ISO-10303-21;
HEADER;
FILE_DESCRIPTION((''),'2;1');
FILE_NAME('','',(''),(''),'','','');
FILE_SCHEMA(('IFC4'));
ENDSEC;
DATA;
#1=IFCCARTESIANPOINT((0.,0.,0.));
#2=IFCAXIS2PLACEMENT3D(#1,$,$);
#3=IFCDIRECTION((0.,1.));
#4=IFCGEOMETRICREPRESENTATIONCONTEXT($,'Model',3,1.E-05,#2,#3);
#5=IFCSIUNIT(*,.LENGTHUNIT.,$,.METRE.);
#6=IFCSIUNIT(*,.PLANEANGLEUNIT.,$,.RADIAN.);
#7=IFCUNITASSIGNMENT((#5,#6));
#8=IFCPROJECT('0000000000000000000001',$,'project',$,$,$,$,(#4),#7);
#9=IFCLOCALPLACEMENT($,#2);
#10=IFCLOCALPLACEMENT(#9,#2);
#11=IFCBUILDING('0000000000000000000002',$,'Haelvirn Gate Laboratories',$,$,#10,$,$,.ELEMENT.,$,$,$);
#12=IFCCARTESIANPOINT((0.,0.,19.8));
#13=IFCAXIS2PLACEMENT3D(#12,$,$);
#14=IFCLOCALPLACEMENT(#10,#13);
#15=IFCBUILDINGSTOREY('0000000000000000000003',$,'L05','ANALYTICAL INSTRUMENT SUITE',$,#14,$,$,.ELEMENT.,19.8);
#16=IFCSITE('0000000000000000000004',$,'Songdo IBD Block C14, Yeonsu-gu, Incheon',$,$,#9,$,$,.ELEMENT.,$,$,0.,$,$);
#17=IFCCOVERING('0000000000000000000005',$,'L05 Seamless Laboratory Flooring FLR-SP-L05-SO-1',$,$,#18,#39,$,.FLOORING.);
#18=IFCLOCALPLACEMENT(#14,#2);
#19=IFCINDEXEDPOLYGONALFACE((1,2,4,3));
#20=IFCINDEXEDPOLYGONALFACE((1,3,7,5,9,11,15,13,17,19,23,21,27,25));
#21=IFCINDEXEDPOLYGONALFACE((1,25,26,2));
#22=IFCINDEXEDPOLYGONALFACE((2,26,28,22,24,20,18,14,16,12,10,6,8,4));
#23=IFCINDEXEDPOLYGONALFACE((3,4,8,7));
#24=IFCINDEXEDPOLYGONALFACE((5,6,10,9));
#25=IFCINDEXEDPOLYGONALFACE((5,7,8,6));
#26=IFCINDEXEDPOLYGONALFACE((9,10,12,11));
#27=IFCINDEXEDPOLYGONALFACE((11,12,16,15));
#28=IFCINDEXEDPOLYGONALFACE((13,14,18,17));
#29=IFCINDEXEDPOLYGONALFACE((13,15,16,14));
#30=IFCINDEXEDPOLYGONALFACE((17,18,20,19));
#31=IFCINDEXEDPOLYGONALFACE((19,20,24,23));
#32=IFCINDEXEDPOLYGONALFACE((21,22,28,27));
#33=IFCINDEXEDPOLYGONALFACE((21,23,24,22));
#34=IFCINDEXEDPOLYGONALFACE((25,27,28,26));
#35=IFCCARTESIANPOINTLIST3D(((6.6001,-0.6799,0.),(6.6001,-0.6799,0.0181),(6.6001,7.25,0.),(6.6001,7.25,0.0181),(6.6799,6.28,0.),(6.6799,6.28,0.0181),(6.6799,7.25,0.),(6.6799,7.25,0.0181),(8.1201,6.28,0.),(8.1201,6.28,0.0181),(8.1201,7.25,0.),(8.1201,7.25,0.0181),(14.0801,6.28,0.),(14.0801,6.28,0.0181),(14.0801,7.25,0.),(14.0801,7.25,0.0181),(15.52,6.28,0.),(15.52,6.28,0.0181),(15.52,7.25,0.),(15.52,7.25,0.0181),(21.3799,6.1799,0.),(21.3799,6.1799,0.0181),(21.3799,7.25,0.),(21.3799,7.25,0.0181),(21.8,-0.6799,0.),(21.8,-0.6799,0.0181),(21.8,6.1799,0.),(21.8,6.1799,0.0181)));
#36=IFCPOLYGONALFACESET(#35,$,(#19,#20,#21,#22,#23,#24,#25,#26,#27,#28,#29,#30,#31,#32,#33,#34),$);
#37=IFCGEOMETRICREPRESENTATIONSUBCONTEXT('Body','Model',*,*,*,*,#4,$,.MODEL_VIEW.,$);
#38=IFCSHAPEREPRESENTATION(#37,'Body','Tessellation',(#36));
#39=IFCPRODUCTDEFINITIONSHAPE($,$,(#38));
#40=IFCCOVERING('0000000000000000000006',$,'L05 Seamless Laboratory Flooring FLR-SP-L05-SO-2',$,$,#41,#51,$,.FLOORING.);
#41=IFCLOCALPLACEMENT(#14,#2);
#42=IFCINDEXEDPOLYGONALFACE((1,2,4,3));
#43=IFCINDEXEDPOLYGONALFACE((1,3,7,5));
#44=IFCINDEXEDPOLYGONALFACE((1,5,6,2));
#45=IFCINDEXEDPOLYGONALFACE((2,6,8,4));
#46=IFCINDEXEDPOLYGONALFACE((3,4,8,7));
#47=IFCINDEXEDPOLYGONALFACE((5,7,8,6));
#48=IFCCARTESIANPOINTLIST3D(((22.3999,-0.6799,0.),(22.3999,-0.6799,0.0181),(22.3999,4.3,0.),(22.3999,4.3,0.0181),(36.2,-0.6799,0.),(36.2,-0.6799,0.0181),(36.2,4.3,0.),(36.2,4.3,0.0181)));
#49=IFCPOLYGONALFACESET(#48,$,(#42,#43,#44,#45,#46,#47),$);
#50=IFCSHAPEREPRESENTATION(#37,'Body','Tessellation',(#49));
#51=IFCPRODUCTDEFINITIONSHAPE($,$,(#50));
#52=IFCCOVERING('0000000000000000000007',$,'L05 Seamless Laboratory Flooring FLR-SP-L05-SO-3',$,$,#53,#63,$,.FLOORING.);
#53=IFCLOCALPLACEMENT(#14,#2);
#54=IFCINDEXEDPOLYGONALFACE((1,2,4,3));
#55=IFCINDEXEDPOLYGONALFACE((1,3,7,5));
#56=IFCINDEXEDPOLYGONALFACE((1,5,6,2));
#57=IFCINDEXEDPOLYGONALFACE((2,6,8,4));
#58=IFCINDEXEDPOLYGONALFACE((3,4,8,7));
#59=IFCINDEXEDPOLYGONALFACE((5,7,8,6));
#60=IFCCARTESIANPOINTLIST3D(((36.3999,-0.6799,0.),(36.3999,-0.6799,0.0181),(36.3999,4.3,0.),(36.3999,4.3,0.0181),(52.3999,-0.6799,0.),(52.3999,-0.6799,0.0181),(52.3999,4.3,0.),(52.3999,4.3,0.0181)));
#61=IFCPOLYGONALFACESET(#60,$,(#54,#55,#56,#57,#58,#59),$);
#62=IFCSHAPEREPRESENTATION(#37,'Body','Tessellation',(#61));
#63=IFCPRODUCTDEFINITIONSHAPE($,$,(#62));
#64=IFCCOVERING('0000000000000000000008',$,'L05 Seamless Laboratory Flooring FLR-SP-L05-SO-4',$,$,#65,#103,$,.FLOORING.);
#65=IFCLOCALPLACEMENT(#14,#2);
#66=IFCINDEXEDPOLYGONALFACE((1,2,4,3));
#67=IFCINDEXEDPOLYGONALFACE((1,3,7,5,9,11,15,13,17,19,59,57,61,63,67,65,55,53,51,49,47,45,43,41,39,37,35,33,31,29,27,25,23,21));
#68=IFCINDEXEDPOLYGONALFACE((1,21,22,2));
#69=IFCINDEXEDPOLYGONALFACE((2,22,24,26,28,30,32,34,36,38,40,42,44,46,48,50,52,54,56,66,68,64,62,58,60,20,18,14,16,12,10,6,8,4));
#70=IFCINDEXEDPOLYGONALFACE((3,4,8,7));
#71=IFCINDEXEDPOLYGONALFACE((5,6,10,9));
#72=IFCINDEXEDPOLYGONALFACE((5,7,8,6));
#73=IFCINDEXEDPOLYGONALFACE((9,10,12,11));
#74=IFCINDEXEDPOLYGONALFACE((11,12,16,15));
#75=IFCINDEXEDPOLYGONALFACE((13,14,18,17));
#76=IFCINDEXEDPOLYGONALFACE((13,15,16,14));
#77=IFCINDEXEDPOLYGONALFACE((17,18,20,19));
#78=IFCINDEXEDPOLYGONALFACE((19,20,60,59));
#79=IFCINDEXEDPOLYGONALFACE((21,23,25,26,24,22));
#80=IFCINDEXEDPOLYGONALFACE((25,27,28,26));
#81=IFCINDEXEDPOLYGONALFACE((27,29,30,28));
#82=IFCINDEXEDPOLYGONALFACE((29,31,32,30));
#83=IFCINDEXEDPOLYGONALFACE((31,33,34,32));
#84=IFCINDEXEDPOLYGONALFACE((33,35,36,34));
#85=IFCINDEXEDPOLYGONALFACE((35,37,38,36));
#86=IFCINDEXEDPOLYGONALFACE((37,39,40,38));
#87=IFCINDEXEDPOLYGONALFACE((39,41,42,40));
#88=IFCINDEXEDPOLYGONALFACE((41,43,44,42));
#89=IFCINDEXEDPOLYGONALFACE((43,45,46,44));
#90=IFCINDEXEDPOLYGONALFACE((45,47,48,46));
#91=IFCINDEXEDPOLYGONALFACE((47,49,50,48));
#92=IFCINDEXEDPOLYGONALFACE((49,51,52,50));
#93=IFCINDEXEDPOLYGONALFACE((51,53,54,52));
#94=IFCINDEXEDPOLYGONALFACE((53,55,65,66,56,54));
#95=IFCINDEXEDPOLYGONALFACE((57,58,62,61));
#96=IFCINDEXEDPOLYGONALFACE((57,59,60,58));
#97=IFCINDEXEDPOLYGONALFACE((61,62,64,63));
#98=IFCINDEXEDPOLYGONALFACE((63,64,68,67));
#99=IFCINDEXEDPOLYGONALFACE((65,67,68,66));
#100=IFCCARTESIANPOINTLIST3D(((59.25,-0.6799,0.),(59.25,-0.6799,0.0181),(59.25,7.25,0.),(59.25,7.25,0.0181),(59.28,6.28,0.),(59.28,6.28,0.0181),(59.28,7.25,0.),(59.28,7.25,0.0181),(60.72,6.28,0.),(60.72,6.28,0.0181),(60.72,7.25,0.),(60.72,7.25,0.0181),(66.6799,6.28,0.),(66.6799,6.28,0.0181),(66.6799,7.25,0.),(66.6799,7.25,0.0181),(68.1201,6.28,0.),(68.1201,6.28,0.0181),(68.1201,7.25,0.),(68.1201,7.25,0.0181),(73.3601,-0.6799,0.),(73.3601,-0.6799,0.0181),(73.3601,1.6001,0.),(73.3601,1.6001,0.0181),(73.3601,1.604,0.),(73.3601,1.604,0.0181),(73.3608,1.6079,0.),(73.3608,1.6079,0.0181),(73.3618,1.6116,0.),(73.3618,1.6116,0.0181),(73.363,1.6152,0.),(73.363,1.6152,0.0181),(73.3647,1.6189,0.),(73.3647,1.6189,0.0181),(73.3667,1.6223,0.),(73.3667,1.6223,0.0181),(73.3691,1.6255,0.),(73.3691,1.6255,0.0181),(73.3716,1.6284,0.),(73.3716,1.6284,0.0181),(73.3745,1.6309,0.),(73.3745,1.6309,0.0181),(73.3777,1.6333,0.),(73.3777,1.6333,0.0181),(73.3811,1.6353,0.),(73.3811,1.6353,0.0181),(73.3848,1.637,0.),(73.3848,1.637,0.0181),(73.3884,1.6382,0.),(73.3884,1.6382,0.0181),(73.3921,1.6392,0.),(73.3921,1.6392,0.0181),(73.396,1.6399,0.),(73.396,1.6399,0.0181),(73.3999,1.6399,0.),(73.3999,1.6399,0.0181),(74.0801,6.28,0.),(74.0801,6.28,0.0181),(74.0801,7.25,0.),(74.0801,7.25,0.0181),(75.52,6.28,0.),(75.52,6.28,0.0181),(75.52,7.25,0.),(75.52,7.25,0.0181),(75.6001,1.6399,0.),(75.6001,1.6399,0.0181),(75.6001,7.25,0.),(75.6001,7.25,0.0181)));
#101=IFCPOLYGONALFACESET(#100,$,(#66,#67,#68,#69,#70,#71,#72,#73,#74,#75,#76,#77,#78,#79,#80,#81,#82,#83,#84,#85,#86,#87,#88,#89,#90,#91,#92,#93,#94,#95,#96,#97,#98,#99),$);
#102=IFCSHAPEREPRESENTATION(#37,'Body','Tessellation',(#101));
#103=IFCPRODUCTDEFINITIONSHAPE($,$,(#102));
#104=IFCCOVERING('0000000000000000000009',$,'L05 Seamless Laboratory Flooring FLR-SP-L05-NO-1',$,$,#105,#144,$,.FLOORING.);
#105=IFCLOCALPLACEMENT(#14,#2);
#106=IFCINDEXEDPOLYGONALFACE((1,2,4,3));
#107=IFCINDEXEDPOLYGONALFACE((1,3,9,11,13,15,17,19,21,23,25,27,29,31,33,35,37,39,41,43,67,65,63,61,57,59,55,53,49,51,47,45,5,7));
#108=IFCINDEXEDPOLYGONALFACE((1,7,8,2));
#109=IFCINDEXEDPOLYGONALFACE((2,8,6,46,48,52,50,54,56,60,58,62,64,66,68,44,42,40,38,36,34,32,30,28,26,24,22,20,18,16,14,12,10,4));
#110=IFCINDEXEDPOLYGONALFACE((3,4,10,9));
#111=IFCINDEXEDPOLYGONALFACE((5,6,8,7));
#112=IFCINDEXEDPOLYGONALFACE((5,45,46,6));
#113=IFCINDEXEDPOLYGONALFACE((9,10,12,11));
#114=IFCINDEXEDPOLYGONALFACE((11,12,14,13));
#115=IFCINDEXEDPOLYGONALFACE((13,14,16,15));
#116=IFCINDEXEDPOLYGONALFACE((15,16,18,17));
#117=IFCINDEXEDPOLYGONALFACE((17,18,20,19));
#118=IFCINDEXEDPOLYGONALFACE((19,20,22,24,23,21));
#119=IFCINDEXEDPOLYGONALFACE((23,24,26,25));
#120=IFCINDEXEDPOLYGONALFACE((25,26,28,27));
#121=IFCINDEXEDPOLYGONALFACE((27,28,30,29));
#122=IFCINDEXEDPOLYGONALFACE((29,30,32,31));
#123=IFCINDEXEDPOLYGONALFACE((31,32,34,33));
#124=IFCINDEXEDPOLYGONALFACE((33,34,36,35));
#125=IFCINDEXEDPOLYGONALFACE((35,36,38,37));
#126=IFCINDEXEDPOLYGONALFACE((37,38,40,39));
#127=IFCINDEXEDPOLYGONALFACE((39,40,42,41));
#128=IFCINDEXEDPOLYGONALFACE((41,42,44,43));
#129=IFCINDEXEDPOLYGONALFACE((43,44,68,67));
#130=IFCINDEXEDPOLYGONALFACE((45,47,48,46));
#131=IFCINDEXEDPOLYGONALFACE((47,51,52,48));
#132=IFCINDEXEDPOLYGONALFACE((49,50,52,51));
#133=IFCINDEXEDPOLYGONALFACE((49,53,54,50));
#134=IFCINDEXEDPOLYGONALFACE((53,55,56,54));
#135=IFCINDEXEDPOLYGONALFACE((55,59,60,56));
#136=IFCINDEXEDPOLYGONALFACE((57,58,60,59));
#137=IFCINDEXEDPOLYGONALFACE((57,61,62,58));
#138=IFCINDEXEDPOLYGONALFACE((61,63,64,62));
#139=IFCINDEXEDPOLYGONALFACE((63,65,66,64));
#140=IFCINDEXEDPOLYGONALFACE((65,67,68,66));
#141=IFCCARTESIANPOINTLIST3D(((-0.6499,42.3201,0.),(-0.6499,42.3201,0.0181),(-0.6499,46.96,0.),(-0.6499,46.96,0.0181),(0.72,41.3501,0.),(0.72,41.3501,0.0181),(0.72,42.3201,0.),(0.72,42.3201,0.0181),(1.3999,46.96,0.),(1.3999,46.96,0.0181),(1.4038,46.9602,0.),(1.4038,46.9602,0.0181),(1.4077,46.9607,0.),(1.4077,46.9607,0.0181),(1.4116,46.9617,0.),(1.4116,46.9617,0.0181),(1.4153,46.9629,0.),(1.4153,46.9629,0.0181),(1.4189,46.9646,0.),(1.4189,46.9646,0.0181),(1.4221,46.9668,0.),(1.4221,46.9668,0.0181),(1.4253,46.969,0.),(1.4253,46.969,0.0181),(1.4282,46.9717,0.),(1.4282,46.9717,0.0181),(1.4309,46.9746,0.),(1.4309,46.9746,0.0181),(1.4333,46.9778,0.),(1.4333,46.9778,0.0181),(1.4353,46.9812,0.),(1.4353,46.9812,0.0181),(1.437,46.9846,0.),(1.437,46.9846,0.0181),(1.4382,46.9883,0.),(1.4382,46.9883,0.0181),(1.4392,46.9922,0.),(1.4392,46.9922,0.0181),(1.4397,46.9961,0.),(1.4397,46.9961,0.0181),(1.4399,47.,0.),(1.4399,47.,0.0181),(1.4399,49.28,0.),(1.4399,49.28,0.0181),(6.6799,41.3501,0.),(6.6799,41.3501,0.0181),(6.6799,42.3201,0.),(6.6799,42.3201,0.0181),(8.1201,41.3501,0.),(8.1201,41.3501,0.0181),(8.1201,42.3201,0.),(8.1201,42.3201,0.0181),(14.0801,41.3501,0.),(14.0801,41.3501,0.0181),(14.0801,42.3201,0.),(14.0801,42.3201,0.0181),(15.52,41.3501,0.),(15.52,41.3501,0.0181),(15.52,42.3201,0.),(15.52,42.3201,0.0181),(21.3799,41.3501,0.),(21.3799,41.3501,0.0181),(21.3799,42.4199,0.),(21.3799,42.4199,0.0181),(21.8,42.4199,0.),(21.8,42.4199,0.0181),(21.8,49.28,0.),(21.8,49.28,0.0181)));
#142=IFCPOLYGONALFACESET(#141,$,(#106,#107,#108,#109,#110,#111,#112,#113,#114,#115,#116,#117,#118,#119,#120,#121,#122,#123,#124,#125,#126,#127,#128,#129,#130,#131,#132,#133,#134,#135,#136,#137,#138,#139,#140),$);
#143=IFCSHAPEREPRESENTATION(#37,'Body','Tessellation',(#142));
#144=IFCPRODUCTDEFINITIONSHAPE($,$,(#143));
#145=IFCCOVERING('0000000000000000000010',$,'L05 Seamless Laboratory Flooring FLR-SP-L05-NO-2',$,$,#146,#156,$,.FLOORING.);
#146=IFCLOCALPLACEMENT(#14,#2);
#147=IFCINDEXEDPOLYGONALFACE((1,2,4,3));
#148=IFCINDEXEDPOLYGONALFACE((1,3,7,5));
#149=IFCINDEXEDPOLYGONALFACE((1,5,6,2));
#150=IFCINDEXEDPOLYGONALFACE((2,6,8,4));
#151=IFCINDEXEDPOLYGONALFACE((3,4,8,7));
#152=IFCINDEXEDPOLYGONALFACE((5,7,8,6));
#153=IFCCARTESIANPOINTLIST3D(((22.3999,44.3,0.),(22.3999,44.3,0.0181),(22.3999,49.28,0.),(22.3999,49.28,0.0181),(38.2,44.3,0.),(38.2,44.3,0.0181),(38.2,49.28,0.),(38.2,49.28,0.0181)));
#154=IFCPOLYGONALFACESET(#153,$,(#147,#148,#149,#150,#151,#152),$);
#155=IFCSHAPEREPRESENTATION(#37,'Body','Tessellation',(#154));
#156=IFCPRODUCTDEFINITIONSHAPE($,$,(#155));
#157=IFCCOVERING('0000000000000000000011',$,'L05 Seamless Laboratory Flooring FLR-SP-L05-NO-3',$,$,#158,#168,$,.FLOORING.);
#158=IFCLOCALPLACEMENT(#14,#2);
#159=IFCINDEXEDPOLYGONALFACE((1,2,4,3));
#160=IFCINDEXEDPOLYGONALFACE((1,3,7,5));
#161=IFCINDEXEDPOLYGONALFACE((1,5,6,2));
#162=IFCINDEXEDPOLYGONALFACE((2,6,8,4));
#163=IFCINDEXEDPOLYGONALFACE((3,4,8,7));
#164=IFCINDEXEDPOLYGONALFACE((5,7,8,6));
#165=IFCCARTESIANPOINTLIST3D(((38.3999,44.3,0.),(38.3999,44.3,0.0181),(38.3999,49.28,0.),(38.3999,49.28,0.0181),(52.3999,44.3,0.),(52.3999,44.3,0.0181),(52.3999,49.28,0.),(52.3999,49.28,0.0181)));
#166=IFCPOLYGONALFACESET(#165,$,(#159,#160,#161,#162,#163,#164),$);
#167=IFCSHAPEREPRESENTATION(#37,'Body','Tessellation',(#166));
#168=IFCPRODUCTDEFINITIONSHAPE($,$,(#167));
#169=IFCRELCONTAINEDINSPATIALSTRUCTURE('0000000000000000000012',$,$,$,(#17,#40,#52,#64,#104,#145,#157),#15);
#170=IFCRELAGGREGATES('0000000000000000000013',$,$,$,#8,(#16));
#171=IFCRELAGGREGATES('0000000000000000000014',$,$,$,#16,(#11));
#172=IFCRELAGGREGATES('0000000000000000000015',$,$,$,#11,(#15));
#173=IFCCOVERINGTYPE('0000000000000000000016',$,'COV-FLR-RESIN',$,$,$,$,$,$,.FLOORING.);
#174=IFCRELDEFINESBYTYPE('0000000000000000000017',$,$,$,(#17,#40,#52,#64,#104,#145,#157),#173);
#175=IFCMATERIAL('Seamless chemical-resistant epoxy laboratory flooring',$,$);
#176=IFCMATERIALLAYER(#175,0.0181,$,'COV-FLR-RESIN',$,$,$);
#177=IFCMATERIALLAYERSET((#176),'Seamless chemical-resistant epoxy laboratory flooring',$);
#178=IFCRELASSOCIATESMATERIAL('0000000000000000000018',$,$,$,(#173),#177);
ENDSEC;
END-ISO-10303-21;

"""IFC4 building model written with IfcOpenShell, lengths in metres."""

from ifc_helpers import new_model, si_unit, direction, frame, origin, place, context, subcontext, project, spatial, polyline, outline, extrude, material, layer, layer_set, type_object, element, save


model = new_model("IFC4")

# Units and contexts
model_context = context("Model", 3, precision=1e-05, world=origin(), true_north=direction((0.0, 1.0)))
body_context = subcontext(model_context, "Body", "Model", "MODEL_VIEW")
ifc_project = project(units=[si_unit("LENGTHUNIT", "METRE"), si_unit("PLANEANGLEUNIT", "RADIAN")], contexts=[model_context])

# Site, building, storey
site_placement = place(None, origin())
site = spatial("IfcSite", under=ifc_project, at=site_placement, Name="Songdo IBD Block C14, Yeonsu-gu, Incheon", CompositionType="ELEMENT", RefElevation=0.0)
building_placement = place(site_placement, origin())
building = spatial("IfcBuilding", under=site, at=building_placement, Name="Haelvirn Gate Laboratories", CompositionType="ELEMENT")
storey_placement = place(building_placement, frame((0.0, 0.0, 19.8)))
storey = spatial("IfcBuildingStorey", under=building, at=storey_placement, Name="L05", Description="ANALYTICAL INSTRUMENT SUITE", CompositionType="ELEMENT", Elevation=19.8)

# Coverings
ifc_material_1 = material(Name="Seamless chemical-resistant epoxy laboratory flooring")
ifc_layer_1 = layer(ifc_material_1, 0.0181, Name="COV-FLR-RESIN")
ifc_layer_set_1 = layer_set([ifc_layer_1], Name="Seamless chemical-resistant epoxy laboratory flooring")
covering_type_1 = type_object("IfcCoveringType", Name="COV-FLR-RESIN", PredefinedType="FLOORING", material=ifc_layer_set_1)
covering_1_placement = place(storey_placement, origin())
element("IfcCovering", 1, at=covering_1_placement, inside=storey, type_object=covering_type_1, Name="L05 Seamless Laboratory Flooring FLR-SP-L05-SO-1", PredefinedType="FLOORING", context=body_context, shape_type="SweptSolid", body=[
    extrude(outline(polyline([(15.52, 7.25), (21.3799, 7.25), (21.3799, 6.1799), (21.8, 6.1799), (21.8, -0.6799), (6.6001, -0.6799), (6.6001, 7.25), (6.6799, 7.25), (6.6799, 6.28), (8.1201, 6.28), (8.1201, 7.25), (14.0801, 7.25), (14.0801, 6.28), (15.52, 6.28), (15.52, 7.25)])), origin(), (0.0, 0.0, 1.0), 0.0181),
])
covering_2_placement = place(storey_placement, origin())
element("IfcCovering", 2, at=covering_2_placement, inside=storey, type_object=covering_type_1, Name="L05 Seamless Laboratory Flooring FLR-SP-L05-SO-2", PredefinedType="FLOORING", context=body_context, shape_type="SweptSolid", body=[
    extrude(outline(polyline([(36.2, 4.3), (36.2, -0.6799), (22.3999, -0.6799), (22.3999, 4.3), (36.2, 4.3)])), origin(), (0.0, 0.0, 1.0), 0.0181),
])
covering_3_placement = place(storey_placement, origin())
element("IfcCovering", 3, at=covering_3_placement, inside=storey, type_object=covering_type_1, Name="L05 Seamless Laboratory Flooring FLR-SP-L05-SO-3", PredefinedType="FLOORING", context=body_context, shape_type="SweptSolid", body=[
    extrude(outline(polyline([(52.3999, 4.3), (52.3999, -0.6799), (36.3999, -0.6799), (36.3999, 4.3), (52.3999, 4.3)])), origin(), (0.0, 0.0, 1.0), 0.0181),
])
covering_4_placement = place(storey_placement, origin())
element("IfcCovering", 4, at=covering_4_placement, inside=storey, type_object=covering_type_1, Name="L05 Seamless Laboratory Flooring FLR-SP-L05-SO-4", PredefinedType="FLOORING", context=body_context, shape_type="SweptSolid", body=[
    extrude(outline(polyline([(60.72, 7.25), (66.6799, 7.25), (66.6799, 6.28), (68.1201, 6.28), (68.1201, 7.25), (74.0801, 7.25), (74.0801, 6.28), (75.52, 6.28), (75.52, 7.25), (75.6001, 7.25), (75.6001, 1.6399), (73.3999, 1.6399), (73.396, 1.6399), (73.3921, 1.6392), (73.3884, 1.6382), (73.3848, 1.637), (73.3811, 1.6353), (73.3777, 1.6333), (73.3745, 1.6309), (73.3716, 1.6284), (73.3691, 1.6255), (73.3667, 1.6223), (73.3647, 1.6189), (73.363, 1.6152), (73.3618, 1.6116), (73.3608, 1.6079), (73.3601, 1.604), (73.3601, 1.6001), (73.3601, -0.6799), (59.25, -0.6799), (59.25, 7.25), (59.28, 7.25), (59.28, 6.28), (60.72, 6.28), (60.72, 7.25)])), origin(), (0.0, 0.0, 1.0), 0.0181),
])
covering_5_placement = place(storey_placement, origin())
element("IfcCovering", 5, at=covering_5_placement, inside=storey, type_object=covering_type_1, Name="L05 Seamless Laboratory Flooring FLR-SP-L05-NO-1", PredefinedType="FLOORING", context=body_context, shape_type="SweptSolid", body=[
    extrude(outline(polyline([(8.1201, 41.3501), (8.1201, 42.3201), (6.6799, 42.3201), (6.6799, 41.3501), (0.72, 41.3501), (0.72, 42.3201), (-0.6499, 42.3201), (-0.6499, 46.96), (1.3999, 46.96), (1.4038, 46.9602), (1.4077, 46.9607), (1.4116, 46.9617), (1.4153, 46.9629), (1.4189, 46.9646), (1.4221, 46.9668), (1.4253, 46.969), (1.4282, 46.9717), (1.4309, 46.9746), (1.4333, 46.9778), (1.4353, 46.9812), (1.437, 46.9846), (1.4382, 46.9883), (1.4392, 46.9922), (1.4397, 46.9961), (1.4399, 47.0), (1.4399, 49.28), (21.8, 49.28), (21.8, 42.4199), (21.3799, 42.4199), (21.3799, 41.3501), (15.52, 41.3501), (15.52, 42.3201), (14.0801, 42.3201), (14.0801, 41.3501), (8.1201, 41.3501)])), origin(), (0.0, 0.0, 1.0), 0.0181),
])
covering_6_placement = place(storey_placement, origin())
element("IfcCovering", 6, at=covering_6_placement, inside=storey, type_object=covering_type_1, Name="L05 Seamless Laboratory Flooring FLR-SP-L05-NO-2", PredefinedType="FLOORING", context=body_context, shape_type="SweptSolid", body=[
    extrude(outline(polyline([(38.2, 49.28), (38.2, 44.3), (22.3999, 44.3), (22.3999, 49.28), (38.2, 49.28)])), origin(), (0.0, 0.0, 1.0), 0.0181),
])
covering_7_placement = place(storey_placement, origin())
element("IfcCovering", 7, at=covering_7_placement, inside=storey, type_object=covering_type_1, Name="L05 Seamless Laboratory Flooring FLR-SP-L05-NO-3", PredefinedType="FLOORING", context=body_context, shape_type="SweptSolid", body=[
    extrude(outline(polyline([(52.3999, 49.28), (52.3999, 44.3), (38.3999, 44.3), (38.3999, 49.28), (52.3999, 49.28)])), origin(), (0.0, 0.0, 1.0), 0.0181),
])

save(model, "model.ifc")
